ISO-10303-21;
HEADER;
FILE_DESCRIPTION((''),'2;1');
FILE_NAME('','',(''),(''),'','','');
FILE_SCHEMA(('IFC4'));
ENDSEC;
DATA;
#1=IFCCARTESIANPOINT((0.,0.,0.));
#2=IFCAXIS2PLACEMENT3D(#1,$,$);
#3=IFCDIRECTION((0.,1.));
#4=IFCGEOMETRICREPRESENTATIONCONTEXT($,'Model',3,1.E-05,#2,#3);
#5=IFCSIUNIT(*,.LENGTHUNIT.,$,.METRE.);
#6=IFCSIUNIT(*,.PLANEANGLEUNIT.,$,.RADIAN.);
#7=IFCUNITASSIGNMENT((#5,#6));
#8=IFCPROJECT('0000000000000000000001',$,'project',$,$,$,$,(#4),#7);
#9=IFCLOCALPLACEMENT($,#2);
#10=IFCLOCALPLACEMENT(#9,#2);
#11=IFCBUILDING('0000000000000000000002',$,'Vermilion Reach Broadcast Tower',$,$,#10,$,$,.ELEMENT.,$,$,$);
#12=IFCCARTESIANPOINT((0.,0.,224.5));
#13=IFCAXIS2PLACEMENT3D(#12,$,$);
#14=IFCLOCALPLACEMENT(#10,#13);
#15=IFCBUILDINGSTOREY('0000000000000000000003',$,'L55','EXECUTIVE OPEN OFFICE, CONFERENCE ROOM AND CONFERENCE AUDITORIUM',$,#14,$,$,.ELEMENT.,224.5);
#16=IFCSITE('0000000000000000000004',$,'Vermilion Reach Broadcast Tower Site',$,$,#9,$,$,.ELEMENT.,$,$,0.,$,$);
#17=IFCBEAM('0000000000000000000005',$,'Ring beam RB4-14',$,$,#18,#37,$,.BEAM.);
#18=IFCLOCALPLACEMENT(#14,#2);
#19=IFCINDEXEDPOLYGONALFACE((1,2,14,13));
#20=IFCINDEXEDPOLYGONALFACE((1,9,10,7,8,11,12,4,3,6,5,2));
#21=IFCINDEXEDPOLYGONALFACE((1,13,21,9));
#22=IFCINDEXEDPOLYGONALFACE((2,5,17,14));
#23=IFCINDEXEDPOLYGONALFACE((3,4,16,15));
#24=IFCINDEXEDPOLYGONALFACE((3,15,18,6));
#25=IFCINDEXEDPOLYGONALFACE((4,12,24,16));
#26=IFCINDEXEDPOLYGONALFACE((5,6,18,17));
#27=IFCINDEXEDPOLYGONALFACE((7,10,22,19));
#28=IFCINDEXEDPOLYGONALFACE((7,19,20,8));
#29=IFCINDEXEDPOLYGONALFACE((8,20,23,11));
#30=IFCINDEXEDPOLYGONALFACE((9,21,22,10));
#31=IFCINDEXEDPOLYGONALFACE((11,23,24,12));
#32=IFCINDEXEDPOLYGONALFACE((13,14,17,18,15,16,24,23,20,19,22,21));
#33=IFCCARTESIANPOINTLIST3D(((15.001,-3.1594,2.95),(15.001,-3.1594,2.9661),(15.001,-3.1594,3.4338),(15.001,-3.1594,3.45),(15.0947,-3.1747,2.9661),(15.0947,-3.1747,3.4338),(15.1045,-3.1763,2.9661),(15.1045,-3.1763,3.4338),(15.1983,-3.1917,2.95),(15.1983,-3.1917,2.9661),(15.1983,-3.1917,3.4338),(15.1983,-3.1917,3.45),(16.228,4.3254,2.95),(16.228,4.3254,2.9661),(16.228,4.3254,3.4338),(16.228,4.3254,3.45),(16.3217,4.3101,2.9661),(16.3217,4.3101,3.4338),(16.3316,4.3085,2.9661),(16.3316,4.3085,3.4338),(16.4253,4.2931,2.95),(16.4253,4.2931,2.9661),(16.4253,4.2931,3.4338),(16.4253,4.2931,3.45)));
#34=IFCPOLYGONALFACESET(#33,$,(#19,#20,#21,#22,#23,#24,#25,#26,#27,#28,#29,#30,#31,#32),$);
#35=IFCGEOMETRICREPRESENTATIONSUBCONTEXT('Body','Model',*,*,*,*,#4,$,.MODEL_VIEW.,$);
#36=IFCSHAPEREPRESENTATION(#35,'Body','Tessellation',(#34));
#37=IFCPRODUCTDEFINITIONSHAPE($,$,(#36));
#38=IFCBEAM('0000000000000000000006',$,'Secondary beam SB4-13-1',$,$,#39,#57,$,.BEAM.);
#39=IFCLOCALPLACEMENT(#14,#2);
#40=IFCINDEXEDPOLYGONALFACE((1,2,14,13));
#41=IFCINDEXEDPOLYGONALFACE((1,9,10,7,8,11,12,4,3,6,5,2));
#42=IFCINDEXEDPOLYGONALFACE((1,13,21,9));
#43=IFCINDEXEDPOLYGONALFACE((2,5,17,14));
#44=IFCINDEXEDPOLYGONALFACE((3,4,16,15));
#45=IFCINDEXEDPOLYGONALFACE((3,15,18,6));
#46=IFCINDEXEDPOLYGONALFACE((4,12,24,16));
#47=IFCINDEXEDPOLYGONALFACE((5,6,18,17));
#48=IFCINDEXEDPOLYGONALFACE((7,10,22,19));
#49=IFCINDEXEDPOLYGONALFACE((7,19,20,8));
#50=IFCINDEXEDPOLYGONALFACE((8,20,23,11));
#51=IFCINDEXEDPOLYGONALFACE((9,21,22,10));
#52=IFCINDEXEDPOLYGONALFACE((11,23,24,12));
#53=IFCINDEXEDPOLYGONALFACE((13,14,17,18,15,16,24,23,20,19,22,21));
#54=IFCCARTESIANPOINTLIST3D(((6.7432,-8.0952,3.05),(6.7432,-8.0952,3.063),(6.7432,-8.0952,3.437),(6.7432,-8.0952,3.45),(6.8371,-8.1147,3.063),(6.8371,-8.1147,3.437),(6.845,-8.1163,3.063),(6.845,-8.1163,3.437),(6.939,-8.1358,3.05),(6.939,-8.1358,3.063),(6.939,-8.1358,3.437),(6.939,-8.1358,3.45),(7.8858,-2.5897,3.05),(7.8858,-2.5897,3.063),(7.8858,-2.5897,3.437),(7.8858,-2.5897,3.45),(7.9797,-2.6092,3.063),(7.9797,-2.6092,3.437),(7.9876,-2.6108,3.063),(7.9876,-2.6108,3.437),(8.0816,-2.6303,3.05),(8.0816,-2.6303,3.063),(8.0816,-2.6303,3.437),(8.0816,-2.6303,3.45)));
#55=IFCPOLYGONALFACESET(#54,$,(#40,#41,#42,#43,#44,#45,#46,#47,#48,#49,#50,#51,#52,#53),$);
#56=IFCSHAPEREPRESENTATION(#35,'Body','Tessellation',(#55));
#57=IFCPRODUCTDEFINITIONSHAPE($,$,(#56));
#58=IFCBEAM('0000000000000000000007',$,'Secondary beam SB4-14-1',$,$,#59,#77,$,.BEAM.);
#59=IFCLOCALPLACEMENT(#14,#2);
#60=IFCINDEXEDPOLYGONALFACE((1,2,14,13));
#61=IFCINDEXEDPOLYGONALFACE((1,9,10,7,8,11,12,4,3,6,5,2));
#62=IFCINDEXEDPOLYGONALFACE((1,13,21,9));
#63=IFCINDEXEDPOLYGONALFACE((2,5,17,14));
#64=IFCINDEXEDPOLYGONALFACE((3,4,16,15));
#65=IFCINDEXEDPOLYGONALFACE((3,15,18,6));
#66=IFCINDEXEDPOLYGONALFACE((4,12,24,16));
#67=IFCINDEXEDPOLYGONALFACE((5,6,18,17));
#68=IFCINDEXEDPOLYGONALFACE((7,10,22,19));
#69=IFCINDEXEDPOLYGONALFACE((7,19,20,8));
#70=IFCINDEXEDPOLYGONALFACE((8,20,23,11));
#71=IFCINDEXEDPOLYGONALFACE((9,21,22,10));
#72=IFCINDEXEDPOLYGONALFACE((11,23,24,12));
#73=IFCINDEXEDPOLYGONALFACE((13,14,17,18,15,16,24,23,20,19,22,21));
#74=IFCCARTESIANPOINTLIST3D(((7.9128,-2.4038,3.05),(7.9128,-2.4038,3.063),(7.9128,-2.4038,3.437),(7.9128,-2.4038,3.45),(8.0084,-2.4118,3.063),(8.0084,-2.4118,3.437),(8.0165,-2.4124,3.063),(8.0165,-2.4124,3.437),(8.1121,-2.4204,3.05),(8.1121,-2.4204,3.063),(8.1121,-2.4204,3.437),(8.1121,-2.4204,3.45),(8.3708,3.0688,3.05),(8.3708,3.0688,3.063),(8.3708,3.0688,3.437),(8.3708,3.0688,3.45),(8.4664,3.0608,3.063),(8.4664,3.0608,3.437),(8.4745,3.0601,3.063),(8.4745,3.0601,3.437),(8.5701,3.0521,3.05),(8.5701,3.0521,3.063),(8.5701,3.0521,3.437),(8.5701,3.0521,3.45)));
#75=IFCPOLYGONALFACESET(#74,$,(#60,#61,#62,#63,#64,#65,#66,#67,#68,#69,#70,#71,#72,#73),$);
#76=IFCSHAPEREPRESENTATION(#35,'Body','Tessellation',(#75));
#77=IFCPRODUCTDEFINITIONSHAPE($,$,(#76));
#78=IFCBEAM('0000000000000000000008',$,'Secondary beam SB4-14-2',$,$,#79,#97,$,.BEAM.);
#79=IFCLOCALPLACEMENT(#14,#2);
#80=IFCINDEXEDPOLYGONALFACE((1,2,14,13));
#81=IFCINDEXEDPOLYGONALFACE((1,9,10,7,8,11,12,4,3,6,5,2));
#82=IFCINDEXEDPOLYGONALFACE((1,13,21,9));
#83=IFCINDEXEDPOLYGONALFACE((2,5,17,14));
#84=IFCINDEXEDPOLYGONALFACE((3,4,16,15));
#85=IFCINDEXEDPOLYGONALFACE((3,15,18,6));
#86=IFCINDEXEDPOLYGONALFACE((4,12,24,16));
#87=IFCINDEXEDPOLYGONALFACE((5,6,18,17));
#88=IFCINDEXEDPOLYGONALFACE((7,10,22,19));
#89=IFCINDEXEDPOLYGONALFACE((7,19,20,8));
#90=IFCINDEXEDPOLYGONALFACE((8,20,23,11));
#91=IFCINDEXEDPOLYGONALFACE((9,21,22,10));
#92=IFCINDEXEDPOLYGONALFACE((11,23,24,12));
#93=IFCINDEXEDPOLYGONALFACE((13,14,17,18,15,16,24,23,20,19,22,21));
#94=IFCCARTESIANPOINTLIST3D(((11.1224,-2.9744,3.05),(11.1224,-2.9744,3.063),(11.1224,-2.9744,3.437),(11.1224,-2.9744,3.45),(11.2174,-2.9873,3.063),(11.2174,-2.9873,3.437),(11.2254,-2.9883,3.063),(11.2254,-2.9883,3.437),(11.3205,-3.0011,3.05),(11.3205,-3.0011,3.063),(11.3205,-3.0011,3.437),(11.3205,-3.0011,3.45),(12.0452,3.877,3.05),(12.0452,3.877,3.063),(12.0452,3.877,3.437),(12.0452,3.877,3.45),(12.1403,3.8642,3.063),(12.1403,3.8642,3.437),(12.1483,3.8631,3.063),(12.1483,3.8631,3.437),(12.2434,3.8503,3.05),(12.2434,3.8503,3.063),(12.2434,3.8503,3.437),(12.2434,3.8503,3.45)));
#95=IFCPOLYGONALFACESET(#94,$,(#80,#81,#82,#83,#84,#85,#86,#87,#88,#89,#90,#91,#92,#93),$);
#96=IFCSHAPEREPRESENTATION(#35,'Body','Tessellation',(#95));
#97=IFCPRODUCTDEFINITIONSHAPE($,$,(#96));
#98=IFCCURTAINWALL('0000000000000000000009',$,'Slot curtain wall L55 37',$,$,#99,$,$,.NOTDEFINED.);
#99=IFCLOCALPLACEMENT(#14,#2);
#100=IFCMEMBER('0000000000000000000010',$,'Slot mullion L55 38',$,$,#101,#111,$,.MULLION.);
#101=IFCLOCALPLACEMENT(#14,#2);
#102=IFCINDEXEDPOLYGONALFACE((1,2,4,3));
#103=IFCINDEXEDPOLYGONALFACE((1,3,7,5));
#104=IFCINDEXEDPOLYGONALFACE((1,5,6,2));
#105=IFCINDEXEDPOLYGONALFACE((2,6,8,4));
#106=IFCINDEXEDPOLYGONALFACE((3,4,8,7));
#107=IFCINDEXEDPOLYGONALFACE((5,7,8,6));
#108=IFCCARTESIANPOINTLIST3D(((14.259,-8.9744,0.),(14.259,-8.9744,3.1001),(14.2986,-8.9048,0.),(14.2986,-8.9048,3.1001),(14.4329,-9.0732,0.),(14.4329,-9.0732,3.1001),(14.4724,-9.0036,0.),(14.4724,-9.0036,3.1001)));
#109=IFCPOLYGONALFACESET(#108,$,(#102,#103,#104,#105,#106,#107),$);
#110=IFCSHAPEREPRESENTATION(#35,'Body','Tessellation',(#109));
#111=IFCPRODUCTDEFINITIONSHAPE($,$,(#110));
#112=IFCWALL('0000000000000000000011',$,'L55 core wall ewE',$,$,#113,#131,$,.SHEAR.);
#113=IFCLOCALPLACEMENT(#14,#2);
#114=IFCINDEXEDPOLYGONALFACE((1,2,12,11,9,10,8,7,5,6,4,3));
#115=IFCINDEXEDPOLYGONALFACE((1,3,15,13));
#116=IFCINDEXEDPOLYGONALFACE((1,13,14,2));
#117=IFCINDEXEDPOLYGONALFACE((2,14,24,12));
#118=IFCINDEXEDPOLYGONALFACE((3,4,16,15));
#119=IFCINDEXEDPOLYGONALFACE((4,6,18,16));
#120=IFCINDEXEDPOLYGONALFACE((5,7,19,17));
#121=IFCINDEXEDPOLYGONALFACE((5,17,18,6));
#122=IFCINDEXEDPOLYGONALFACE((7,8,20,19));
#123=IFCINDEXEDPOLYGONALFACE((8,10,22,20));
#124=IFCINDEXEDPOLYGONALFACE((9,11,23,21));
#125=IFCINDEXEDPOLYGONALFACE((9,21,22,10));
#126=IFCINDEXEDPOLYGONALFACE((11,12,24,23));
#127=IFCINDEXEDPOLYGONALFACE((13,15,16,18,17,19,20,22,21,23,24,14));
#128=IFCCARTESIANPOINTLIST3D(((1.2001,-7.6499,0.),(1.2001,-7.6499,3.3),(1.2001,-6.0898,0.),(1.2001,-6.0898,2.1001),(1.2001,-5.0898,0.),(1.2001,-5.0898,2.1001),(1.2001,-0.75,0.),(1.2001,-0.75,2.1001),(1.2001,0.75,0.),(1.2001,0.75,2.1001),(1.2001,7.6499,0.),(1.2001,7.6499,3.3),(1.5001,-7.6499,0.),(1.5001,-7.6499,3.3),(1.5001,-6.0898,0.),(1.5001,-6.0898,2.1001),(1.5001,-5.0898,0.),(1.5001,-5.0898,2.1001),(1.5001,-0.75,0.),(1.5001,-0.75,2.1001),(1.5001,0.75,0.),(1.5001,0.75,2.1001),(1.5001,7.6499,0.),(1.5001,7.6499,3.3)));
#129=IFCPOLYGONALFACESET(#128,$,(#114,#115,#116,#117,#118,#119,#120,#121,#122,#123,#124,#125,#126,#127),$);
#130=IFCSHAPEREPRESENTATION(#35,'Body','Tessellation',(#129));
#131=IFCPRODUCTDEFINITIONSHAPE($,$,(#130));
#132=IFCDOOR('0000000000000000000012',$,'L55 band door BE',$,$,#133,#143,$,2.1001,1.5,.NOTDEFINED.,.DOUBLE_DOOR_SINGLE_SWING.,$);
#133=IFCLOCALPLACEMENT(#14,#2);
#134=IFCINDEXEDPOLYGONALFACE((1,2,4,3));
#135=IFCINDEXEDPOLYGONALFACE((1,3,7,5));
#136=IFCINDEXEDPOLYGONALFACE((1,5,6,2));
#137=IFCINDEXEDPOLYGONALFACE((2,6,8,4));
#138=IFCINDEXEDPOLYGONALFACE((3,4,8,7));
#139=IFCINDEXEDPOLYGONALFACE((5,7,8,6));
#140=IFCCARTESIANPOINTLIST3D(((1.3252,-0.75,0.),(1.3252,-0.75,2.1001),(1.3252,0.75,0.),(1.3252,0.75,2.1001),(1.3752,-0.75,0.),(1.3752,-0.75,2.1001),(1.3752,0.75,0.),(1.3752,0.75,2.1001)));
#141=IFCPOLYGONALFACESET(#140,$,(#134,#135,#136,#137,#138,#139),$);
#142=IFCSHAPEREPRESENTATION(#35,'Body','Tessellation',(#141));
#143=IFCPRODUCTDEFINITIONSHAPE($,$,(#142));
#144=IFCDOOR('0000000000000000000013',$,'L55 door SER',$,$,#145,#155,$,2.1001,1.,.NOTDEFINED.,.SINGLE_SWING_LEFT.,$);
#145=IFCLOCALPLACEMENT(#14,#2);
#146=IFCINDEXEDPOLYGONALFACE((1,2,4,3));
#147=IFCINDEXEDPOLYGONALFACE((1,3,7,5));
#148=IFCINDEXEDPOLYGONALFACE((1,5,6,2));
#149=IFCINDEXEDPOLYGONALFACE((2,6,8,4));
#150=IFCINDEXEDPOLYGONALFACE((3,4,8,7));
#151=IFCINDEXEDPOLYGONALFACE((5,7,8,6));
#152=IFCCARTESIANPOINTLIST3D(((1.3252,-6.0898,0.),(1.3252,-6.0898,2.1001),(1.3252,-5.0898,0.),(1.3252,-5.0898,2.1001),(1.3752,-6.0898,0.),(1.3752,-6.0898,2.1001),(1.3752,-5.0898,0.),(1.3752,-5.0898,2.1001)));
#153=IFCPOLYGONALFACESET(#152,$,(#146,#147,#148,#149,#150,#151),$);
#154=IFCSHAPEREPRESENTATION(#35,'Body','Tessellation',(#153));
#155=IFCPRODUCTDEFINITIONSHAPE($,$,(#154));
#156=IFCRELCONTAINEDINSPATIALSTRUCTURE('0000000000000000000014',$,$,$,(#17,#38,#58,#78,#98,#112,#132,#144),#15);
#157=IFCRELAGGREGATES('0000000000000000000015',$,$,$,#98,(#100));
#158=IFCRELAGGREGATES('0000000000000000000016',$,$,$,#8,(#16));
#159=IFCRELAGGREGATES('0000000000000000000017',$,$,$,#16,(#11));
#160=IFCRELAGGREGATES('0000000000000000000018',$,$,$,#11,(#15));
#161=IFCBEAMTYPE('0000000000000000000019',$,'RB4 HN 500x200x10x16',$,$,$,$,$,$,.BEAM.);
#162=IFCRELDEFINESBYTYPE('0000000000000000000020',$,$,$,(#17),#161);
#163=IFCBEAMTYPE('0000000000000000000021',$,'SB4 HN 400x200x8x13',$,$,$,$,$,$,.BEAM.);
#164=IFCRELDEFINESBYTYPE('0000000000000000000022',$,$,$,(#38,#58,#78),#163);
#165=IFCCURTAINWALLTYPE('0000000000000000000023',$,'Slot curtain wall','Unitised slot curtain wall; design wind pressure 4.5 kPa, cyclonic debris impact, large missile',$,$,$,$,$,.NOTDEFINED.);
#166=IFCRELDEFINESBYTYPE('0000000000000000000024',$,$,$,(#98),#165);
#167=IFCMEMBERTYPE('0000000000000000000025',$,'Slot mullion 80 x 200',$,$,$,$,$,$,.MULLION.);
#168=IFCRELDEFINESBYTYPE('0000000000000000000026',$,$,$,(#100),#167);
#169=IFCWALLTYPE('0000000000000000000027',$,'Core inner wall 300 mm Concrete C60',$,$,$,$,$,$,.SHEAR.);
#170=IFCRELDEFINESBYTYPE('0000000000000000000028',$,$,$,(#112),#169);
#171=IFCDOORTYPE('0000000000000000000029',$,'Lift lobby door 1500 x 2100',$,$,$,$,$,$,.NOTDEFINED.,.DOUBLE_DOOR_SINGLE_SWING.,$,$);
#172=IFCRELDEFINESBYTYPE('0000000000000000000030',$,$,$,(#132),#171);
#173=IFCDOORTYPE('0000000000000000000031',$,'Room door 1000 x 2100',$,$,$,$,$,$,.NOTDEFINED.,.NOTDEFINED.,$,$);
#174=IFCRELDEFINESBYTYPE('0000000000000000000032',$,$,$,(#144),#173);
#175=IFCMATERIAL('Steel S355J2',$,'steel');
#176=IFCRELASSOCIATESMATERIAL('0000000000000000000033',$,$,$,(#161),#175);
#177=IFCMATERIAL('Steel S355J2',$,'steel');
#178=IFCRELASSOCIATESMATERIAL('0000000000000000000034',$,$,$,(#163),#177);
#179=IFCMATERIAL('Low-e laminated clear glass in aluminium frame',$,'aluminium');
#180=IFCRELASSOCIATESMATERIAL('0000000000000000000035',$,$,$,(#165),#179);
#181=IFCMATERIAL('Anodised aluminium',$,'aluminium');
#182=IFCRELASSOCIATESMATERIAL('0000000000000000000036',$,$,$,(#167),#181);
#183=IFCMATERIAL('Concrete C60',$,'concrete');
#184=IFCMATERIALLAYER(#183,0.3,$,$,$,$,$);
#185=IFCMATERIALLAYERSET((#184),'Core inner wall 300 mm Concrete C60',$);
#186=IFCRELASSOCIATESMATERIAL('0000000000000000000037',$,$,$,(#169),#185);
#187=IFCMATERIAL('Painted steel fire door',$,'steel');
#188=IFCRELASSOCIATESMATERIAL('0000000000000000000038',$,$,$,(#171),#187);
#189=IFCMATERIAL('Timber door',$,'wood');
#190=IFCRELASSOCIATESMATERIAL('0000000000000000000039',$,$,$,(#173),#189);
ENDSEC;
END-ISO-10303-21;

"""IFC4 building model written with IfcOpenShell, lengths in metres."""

from ifc_helpers import new_model, si_unit, direction, frame, frame_2d, origin, origin_2d, place, context, subcontext, project, spatial, rectangle, i_section, extrude, material, layer, layer_set, material_profile, profile_set, type_object, element, fill, aggregate, save


model = new_model("IFC4")

# Units and contexts
model_context = context("Model", 3, precision=1e-05, world=origin(), true_north=direction((0.0, 1.0)))
body_context = subcontext(model_context, "Body", "Model", "MODEL_VIEW")
ifc_project = project(units=[si_unit("LENGTHUNIT", "METRE"), si_unit("PLANEANGLEUNIT", "RADIAN")], contexts=[model_context])

# Site, building, storey
site_placement = place(None, origin())
site = spatial("IfcSite", under=ifc_project, at=site_placement, Name="Vermilion Reach Broadcast Tower Site", CompositionType="ELEMENT", RefElevation=0.0)
building_placement = place(site_placement, origin())
building = spatial("IfcBuilding", under=site, at=building_placement, Name="Vermilion Reach Broadcast Tower", CompositionType="ELEMENT")
storey_placement = place(building_placement, frame((0.0, 0.0, 224.5)))
storey = spatial("IfcBuildingStorey", under=building, at=storey_placement, Name="L55", Description="EXECUTIVE OPEN OFFICE, CONFERENCE ROOM AND CONFERENCE AUDITORIUM", CompositionType="ELEMENT", Elevation=224.5)

# Beams
ifc_material_1 = material(Name="Steel S355J2", Category="steel")
ifc_material_profile_1 = material_profile(ifc_material_1, i_section(OverallWidth=0.2, OverallDepth=0.5, WebThickness=0.01, FlangeThickness=0.0161, at=origin_2d()), Name="S355J2 HN 500x200x10x16")
ifc_profile_set_1 = profile_set([ifc_material_profile_1], Name="Steel S355J2")
beam_type_1 = type_object("IfcBeamType", Name="RB4 HN 500x200x10x16", PredefinedType="BEAM", material=ifc_profile_set_1)
beam_1_placement = place(storey_placement, frame((15.0996, -3.1755, 3.2), z_axis=(0.161778, 0.986827, 0.0), x_axis=(-0.986827, 0.161778, 0.0)))
element("IfcBeam", 1, at=beam_1_placement, inside=storey, type_object=beam_type_1, Name="Ring beam RB4-14", PredefinedType="BEAM", context=body_context, shape_type="SweptSolid", body=[
    extrude(i_section(OverallWidth=0.2, OverallDepth=0.5, WebThickness=0.01, FlangeThickness=0.0161, at=origin_2d()), origin(), (0.0, 0.0, 1.0), 7.5847),
])
ifc_material_2 = material(Name="Steel S355J2", Category="steel")
ifc_material_profile_2 = material_profile(ifc_material_2, i_section(OverallWidth=0.2, OverallDepth=0.3999, WebThickness=0.0081, FlangeThickness=0.0129, at=origin_2d()), Name="S355J2 HN 400x200x8x13")
ifc_profile_set_2 = profile_set([ifc_material_profile_2], Name="Steel S355J2")
beam_type_2 = type_object("IfcBeamType", Name="SB4 HN 400x200x8x13", PredefinedType="BEAM", material=ifc_profile_set_2)
beam_2_placement = place(storey_placement, frame((6.8411, -8.1155, 3.25), z_axis=(0.203209, 0.979135, 0.0), x_axis=(-0.979135, 0.203209, 0.0)))
element("IfcBeam", 2, at=beam_2_placement, inside=storey, type_object=beam_type_2, Name="Secondary beam SB4-13-1", PredefinedType="BEAM", context=body_context, shape_type="SweptSolid", body=[
    extrude(i_section(OverallWidth=0.2, OverallDepth=0.3999, WebThickness=0.0081, FlangeThickness=0.0129, at=origin_2d()), origin(), (0.0, 0.0, 1.0), 5.6228),
])
beam_3_placement = place(storey_placement, frame((8.0125, -2.4121, 3.25), z_axis=(0.083399, 0.996516, 0.0), x_axis=(-0.996516, 0.083399, 0.0)))
element("IfcBeam", 3, at=beam_3_placement, inside=storey, type_object=beam_type_2, Name="Secondary beam SB4-14-1", PredefinedType="BEAM", context=body_context, shape_type="SweptSolid", body=[
    extrude(i_section(OverallWidth=0.2, OverallDepth=0.3999, WebThickness=0.0081, FlangeThickness=0.0129, at=origin_2d()), origin(), (0.0, 0.0, 1.0), 5.4917),
])
beam_4_placement = place(storey_placement, frame((11.2214, -2.9878, 3.25), z_axis=(0.133487, 0.991051, 0.0), x_axis=(-0.991051, 0.133487, 0.0)))
element("IfcBeam", 4, at=beam_4_placement, inside=storey, type_object=beam_type_2, Name="Secondary beam SB4-14-2", PredefinedType="BEAM", context=body_context, shape_type="SweptSolid", body=[
    extrude(i_section(OverallWidth=0.2, OverallDepth=0.3999, WebThickness=0.0081, FlangeThickness=0.0129, at=origin_2d()), origin(), (0.0, 0.0, 1.0), 6.9133),
])

# Curtain wall, member
ifc_material_3 = material(Name="Low-e laminated clear glass in aluminium frame", Category="aluminium")
curtain_wall_type = type_object("IfcCurtainWallType", Name="Slot curtain wall", Description="Unitised slot curtain wall; design wind pressure 4.5 kPa, cyclonic debris impact, large missile", PredefinedType="NOTDEFINED", material=ifc_material_3)
curtain_wall_placement = place(storey_placement, origin())
curtain_wall = element("IfcCurtainWall", 5, at=curtain_wall_placement, inside=storey, type_object=curtain_wall_type, Name="Slot curtain wall L55 37", PredefinedType="NOTDEFINED")
ifc_material_4 = material(Name="Anodised aluminium", Category="aluminium")
ifc_material_profile_3 = material_profile(ifc_material_4, rectangle(XDim=0.2, YDim=0.0801, at=origin_2d()), Name="Slot mullion 80 x 200")
ifc_profile_set_3 = profile_set([ifc_material_profile_3], Name="Anodised aluminium")
member_type = type_object("IfcMemberType", Name="Slot mullion 80 x 200", PredefinedType="MULLION", material=ifc_profile_set_3)
member_placement = place(storey_placement, frame((14.3657, -8.989, 0.0), z_axis=(0.0, 0.0, 1.0), x_axis=(-0.869503, 0.493927, 0.0)))
member = element("IfcMember", 6, at=member_placement, type_object=member_type, Name="Slot mullion L55 38", PredefinedType="MULLION", context=body_context, shape_type="SweptSolid", body=[
    extrude(rectangle(XDim=0.2, YDim=0.0801, at=origin_2d()), origin(), (0.0, 0.0, 1.0), 3.1001),
])
aggregate(curtain_wall, [member])

# Wall, openings, doors
ifc_material_5 = material(Name="Concrete C60", Category="concrete")
ifc_layer_1 = layer(ifc_material_5, 0.3)
ifc_layer_set_1 = layer_set([ifc_layer_1], Name="Core inner wall 300 mm Concrete C60")
wall_type_1 = type_object("IfcWallType", Name="Core inner wall 300 mm Concrete C60", PredefinedType="SHEAR", material=ifc_layer_set_1)
wall_1_placement = place(storey_placement, frame((1.3501, -7.6499, 0.0), z_axis=(0.0, 0.0, 1.0), x_axis=(0.0, 1.0, 0.0)))
wall_1 = element("IfcWall", 7, at=wall_1_placement, inside=storey, type_object=wall_type_1, Name="L55 core wall ewE", PredefinedType="SHEAR", context=body_context, shape_type="SweptSolid", body=[
    extrude(rectangle(XDim=15.2998, YDim=0.3, at=frame_2d((7.6499, 0.0))), origin(), (0.0, 0.0, 1.0), 3.3),
])
opening_1_placement = place(wall_1_placement, frame((1.5601, 0.0, 0.0)))
opening_1 = element("IfcOpeningElement", 8, at=opening_1_placement, cuts=wall_1, PredefinedType="OPENING", context=body_context, shape_type="SweptSolid", body=[
    extrude(rectangle(XDim=1.0, YDim=2.1001, at=frame_2d((0.5, 1.05))), frame((0.0, 0.1599, 0.0), z_axis=(0.0, -1.0, 0.0), x_axis=(1.0, 0.0, 0.0)), (0.0, 0.0, 1.0), 0.3201),
])
opening_2_placement = place(wall_1_placement, frame((6.8999, 0.0, 0.0)))
opening_2 = element("IfcOpeningElement", 9, at=opening_2_placement, cuts=wall_1, PredefinedType="OPENING", context=body_context, shape_type="SweptSolid", body=[
    extrude(rectangle(XDim=1.5, YDim=2.1001, at=frame_2d((0.75, 1.05))), frame((0.0, 0.1599, 0.0), z_axis=(0.0, -1.0, 0.0), x_axis=(1.0, 0.0, 0.0)), (0.0, 0.0, 1.0), 0.3201),
])
ifc_material_6 = material(Name="Painted steel fire door", Category="steel")
door_type_1 = type_object("IfcDoorType", Name="Lift lobby door 1500 x 2100", OperationType="DOUBLE_DOOR_SINGLE_SWING", PredefinedType="NOTDEFINED", material=ifc_material_6)
door_1_placement = place(opening_2_placement, origin())
door_1 = element("IfcDoor", 10, at=door_1_placement, inside=storey, type_object=door_type_1, Name="L55 band door BE", OperationType="DOUBLE_DOOR_SINGLE_SWING", OverallHeight=2.1001, OverallWidth=1.5, PredefinedType="NOTDEFINED", context=body_context, shape_type="SweptSolid", body=[
    extrude(rectangle(XDim=1.5, YDim=2.1001, at=frame_2d((0.75, 1.05))), frame((0.0, 0.0249, 0.0), z_axis=(0.0, -1.0, 0.0), x_axis=(1.0, 0.0, 0.0)), (0.0, 0.0, 1.0), 0.05),
])
fill(opening_2, door_1)
ifc_material_7 = material(Name="Timber door", Category="wood")
door_type_2 = type_object("IfcDoorType", Name="Room door 1000 x 2100", OperationType="NOTDEFINED", PredefinedType="NOTDEFINED", material=ifc_material_7)
door_2_placement = place(opening_1_placement, origin())
door_2 = element("IfcDoor", 11, at=door_2_placement, inside=storey, type_object=door_type_2, Name="L55 door SER", OperationType="SINGLE_SWING_LEFT", OverallHeight=2.1001, OverallWidth=1.0, PredefinedType="NOTDEFINED", context=body_context, shape_type="SweptSolid", body=[
    extrude(rectangle(XDim=1.0, YDim=2.1001, at=frame_2d((0.5, 1.05))), frame((0.0, 0.0249, 0.0), z_axis=(0.0, -1.0, 0.0), x_axis=(1.0, 0.0, 0.0)), (0.0, 0.0, 1.0), 0.05),
])
fill(opening_1, door_2)

save(model, "model.ifc")
